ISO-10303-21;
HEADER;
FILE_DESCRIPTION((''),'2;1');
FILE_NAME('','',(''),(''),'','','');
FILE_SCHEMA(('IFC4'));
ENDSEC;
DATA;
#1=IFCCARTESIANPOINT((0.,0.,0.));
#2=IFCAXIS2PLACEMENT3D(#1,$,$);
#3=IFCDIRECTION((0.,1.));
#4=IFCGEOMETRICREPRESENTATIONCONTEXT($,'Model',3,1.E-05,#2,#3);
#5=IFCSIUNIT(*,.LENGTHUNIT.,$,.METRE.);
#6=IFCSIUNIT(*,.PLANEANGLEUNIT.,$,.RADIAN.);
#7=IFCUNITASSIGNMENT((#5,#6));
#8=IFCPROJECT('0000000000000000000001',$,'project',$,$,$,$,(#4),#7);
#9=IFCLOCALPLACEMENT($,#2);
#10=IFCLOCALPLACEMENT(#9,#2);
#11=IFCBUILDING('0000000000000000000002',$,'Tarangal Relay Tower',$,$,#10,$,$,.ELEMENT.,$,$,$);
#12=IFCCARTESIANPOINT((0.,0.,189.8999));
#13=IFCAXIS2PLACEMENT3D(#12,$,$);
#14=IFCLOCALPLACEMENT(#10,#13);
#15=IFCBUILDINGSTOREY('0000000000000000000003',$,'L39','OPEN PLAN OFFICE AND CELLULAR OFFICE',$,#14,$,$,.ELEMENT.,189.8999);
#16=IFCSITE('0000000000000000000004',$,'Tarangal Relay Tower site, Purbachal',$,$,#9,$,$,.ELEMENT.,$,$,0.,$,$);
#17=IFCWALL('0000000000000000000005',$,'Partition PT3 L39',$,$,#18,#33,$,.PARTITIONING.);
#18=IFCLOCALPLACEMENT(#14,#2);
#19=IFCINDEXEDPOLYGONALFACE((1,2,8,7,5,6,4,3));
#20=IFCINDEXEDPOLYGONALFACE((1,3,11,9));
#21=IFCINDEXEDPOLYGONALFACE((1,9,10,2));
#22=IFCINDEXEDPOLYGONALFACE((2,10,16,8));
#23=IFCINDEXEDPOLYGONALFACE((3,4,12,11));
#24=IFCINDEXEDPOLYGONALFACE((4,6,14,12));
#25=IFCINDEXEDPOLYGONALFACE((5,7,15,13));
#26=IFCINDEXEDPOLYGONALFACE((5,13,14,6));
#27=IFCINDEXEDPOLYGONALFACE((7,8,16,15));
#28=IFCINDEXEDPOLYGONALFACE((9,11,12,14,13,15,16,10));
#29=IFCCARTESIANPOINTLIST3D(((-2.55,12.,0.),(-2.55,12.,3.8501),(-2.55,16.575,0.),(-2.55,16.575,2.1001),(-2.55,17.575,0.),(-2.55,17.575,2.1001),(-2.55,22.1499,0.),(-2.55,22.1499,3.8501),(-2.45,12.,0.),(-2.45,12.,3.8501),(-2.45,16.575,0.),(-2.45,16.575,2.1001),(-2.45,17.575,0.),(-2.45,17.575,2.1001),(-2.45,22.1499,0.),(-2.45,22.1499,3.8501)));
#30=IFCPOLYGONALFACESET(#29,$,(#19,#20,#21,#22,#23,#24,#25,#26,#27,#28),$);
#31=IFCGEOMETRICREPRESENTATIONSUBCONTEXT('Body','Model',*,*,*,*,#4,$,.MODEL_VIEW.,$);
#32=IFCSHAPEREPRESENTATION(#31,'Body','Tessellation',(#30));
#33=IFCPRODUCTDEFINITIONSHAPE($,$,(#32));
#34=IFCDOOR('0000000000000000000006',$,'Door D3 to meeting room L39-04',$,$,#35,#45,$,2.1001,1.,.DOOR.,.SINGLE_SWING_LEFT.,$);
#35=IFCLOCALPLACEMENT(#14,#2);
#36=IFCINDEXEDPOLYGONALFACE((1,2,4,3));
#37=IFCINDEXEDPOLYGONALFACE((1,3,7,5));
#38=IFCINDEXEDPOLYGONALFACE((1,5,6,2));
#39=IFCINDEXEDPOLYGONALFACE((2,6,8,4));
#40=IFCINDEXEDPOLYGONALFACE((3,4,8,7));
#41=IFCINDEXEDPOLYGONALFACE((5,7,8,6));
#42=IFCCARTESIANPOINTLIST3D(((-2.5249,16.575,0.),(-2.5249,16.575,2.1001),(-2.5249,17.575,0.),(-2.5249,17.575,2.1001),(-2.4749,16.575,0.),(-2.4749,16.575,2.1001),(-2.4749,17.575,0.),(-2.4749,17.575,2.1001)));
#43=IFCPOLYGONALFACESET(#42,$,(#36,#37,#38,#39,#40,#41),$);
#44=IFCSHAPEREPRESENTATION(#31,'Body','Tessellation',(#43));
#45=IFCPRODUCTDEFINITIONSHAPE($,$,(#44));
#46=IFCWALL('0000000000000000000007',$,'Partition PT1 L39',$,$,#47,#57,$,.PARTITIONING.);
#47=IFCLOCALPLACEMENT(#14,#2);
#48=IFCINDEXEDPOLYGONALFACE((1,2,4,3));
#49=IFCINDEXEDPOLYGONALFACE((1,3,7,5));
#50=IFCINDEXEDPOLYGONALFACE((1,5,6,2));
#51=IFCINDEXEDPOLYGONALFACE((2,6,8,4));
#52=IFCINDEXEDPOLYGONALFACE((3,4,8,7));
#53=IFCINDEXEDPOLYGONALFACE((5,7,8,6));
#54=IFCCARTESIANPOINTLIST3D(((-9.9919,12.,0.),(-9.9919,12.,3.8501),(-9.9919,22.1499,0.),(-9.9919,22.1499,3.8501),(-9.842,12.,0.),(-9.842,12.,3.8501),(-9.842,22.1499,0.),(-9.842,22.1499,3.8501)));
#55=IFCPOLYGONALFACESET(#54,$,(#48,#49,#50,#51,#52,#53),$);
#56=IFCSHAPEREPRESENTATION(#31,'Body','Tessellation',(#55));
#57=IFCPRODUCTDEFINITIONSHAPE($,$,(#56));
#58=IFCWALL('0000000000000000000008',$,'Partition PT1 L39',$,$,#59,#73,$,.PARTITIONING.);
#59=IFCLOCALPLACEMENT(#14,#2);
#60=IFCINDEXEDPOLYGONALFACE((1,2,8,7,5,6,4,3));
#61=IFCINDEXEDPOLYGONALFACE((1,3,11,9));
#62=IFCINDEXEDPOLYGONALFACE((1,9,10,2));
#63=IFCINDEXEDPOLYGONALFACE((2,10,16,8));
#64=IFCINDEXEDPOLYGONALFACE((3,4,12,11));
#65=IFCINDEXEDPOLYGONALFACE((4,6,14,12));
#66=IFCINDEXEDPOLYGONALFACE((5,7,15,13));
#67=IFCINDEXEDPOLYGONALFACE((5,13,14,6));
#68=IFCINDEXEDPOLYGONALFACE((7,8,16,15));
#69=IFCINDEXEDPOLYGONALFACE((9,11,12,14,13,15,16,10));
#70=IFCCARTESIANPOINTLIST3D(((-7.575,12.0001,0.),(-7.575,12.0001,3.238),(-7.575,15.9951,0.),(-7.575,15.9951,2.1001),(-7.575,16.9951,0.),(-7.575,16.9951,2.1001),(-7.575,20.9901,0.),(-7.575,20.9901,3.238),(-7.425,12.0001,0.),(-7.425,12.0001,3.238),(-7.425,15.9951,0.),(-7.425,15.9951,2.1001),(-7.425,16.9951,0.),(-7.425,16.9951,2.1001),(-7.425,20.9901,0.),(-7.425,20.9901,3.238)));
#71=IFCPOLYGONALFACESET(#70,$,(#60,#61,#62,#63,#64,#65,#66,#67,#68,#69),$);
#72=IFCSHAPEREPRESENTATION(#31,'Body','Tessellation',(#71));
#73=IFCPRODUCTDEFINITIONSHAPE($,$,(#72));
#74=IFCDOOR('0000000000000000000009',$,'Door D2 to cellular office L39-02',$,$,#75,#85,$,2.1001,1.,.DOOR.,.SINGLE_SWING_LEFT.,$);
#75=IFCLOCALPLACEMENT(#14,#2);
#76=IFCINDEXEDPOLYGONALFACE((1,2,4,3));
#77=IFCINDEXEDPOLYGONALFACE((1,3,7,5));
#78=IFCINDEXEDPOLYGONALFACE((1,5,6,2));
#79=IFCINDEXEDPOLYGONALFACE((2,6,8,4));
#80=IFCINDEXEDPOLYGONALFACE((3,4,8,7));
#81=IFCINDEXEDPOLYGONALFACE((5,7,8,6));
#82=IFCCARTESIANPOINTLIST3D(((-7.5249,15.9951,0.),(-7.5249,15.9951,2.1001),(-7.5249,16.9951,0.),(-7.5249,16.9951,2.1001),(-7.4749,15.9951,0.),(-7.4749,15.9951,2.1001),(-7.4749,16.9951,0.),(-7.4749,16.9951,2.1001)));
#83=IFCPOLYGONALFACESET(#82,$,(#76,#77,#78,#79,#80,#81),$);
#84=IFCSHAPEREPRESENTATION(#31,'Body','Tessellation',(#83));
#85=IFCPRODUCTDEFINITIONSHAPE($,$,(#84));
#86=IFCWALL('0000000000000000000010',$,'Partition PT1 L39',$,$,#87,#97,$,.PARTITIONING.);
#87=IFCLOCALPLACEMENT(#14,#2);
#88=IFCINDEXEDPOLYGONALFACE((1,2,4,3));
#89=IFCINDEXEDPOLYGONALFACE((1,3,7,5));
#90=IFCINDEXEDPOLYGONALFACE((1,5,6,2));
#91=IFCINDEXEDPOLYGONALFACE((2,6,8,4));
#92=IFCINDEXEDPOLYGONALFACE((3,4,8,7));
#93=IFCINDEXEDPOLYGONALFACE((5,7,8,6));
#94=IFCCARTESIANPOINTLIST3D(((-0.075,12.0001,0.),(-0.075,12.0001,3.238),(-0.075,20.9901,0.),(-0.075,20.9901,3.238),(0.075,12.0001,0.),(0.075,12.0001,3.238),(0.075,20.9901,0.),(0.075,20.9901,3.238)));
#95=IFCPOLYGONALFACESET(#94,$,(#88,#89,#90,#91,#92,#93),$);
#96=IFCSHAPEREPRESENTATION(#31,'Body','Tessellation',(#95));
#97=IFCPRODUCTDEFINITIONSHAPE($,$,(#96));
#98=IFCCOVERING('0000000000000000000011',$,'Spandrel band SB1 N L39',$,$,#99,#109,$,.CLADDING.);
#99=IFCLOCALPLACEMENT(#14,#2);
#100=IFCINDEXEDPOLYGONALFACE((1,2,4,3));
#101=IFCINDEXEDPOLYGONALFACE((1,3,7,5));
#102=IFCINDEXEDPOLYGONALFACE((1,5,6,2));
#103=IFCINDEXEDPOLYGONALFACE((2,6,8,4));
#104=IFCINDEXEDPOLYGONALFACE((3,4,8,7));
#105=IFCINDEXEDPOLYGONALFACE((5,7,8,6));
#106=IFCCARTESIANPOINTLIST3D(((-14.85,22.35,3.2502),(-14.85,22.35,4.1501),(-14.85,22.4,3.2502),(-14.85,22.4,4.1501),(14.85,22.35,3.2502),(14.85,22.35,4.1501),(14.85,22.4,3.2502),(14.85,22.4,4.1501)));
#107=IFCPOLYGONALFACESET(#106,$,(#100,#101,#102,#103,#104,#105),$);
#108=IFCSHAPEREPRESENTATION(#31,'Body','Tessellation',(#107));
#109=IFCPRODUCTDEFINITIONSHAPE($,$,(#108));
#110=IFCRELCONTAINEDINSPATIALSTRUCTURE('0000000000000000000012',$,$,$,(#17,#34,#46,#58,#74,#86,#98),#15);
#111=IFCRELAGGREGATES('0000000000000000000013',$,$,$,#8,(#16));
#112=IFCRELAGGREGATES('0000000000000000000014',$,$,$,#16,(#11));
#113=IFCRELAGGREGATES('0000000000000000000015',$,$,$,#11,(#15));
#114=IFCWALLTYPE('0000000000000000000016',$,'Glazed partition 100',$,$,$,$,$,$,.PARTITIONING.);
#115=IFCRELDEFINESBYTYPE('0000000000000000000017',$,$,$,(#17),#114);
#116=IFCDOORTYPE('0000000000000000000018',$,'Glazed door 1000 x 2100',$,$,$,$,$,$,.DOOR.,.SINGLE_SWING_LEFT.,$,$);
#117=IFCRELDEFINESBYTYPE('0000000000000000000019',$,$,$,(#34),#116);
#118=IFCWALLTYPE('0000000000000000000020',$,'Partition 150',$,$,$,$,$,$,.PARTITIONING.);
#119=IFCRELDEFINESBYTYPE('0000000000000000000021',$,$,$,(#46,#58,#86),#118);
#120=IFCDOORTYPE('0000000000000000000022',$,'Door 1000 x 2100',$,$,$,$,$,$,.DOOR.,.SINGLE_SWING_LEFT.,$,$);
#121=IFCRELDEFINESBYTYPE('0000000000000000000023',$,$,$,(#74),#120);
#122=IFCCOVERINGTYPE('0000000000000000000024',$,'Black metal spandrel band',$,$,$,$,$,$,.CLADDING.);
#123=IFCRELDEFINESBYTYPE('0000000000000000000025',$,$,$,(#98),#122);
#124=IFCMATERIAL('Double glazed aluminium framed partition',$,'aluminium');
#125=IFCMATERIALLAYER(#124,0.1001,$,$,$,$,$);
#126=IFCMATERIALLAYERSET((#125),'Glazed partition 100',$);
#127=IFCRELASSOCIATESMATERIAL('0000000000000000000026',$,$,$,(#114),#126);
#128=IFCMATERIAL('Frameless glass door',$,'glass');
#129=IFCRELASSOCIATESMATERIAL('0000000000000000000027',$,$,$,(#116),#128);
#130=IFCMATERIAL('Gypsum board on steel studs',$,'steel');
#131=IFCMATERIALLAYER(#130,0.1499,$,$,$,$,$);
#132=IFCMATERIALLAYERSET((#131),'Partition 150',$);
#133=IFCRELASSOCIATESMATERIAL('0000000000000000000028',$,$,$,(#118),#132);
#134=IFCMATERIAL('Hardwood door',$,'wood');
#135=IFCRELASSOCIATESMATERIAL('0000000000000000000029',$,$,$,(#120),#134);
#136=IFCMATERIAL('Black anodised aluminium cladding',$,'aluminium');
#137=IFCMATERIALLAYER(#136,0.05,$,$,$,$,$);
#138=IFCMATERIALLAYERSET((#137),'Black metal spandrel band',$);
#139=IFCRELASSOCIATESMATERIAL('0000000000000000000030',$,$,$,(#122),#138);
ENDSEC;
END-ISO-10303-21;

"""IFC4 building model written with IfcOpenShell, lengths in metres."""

from ifc_helpers import new_model, si_unit, direction, frame, frame_2d, origin, origin_2d, place, context, subcontext, project, spatial, rectangle, extrude, material, layer, layer_set, type_object, element, fill, save


model = new_model("IFC4")

# Units and contexts
model_context = context("Model", 3, precision=1e-05, world=origin(), true_north=direction((0.0, 1.0)))
body_context = subcontext(model_context, "Body", "Model", "MODEL_VIEW")
ifc_project = project(units=[si_unit("LENGTHUNIT", "METRE"), si_unit("PLANEANGLEUNIT", "RADIAN")], contexts=[model_context])

# Site, building, storey
site_placement = place(None, origin())
site = spatial("IfcSite", under=ifc_project, at=site_placement, Name="Tarangal Relay Tower site, Purbachal", CompositionType="ELEMENT", RefElevation=0.0)
building_placement = place(site_placement, origin())
building = spatial("IfcBuilding", under=site, at=building_placement, Name="Tarangal Relay Tower", CompositionType="ELEMENT")
storey_placement = place(building_placement, frame((0.0, 0.0, 189.8999)))
storey = spatial("IfcBuildingStorey", under=building, at=storey_placement, Name="L39", Description="OPEN PLAN OFFICE AND CELLULAR OFFICE", CompositionType="ELEMENT", Elevation=189.8999)

# Wall, opening, door
ifc_material_1 = material(Name="Double glazed aluminium framed partition", Category="aluminium")
ifc_layer_1 = layer(ifc_material_1, 0.1001)
ifc_layer_set_1 = layer_set([ifc_layer_1], Name="Glazed partition 100")
wall_type_1 = type_object("IfcWallType", Name="Glazed partition 100", PredefinedType="PARTITIONING", material=ifc_layer_set_1)
wall_1_placement = place(storey_placement, frame((-2.5, 12.0, 0.0), z_axis=(0.0, 0.0, 1.0), x_axis=(0.0, 1.0, 0.0)))
wall_1 = element("IfcWall", 1, at=wall_1_placement, inside=storey, type_object=wall_type_1, Name="Partition PT3 L39", PredefinedType="PARTITIONING", context=body_context, shape_type="SweptSolid", body=[
    extrude(rectangle(XDim=10.1499, YDim=0.1001, at=frame_2d((5.075, 0.0))), origin(), (0.0, 0.0, 1.0), 3.8501),
])
opening_1_placement = place(wall_1_placement, frame((4.575, 0.0, 0.0)))
opening_1 = element("IfcOpeningElement", 2, at=opening_1_placement, cuts=wall_1, PredefinedType="OPENING", context=body_context, shape_type="SweptSolid", body=[
    extrude(rectangle(XDim=1.0, YDim=2.1001, at=frame_2d((0.5, 1.05))), frame((0.0, 0.0601, 0.0), z_axis=(0.0, -1.0, 0.0), x_axis=(1.0, 0.0, 0.0)), (0.0, 0.0, 1.0), 0.1201),
])
ifc_material_2 = material(Name="Frameless glass door", Category="glass")
door_type_1 = type_object("IfcDoorType", Name="Glazed door 1000 x 2100", OperationType="SINGLE_SWING_LEFT", PredefinedType="DOOR", material=ifc_material_2)
door_1_placement = place(opening_1_placement, origin())
door_1 = element("IfcDoor", 3, at=door_1_placement, inside=storey, type_object=door_type_1, Name="Door D3 to meeting room L39-04", OperationType="SINGLE_SWING_LEFT", OverallHeight=2.1001, OverallWidth=1.0, PredefinedType="DOOR", context=body_context, shape_type="SweptSolid", body=[
    extrude(rectangle(XDim=1.0, YDim=2.1001, at=frame_2d((0.5, 1.05))), frame((0.0, 0.0249, 0.0), z_axis=(0.0, -1.0, 0.0), x_axis=(1.0, 0.0, 0.0)), (0.0, 0.0, 1.0), 0.05),
])
fill(opening_1, door_1)

# Wall
ifc_material_3 = material(Name="Gypsum board on steel studs", Category="steel")
ifc_layer_2 = layer(ifc_material_3, 0.1499)
ifc_layer_set_2 = layer_set([ifc_layer_2], Name="Partition 150")
wall_type_2 = type_object("IfcWallType", Name="Partition 150", PredefinedType="PARTITIONING", material=ifc_layer_set_2)
wall_2_placement = place(storey_placement, frame((-9.917, 12.0, 0.0), z_axis=(0.0, 0.0, 1.0), x_axis=(0.0, 1.0, 0.0)))
element("IfcWall", 4, at=wall_2_placement, inside=storey, type_object=wall_type_2, Name="Partition PT1 L39", PredefinedType="PARTITIONING", context=body_context, shape_type="SweptSolid", body=[
    extrude(rectangle(XDim=10.1499, YDim=0.1499, at=frame_2d((5.075, 0.0))), origin(), (0.0, 0.0, 1.0), 3.8501),
])

# Wall, opening, door
wall_3_placement = place(storey_placement, frame((-7.5, 12.0, 0.0), z_axis=(0.0, 0.0, 1.0), x_axis=(0.0, 1.0, 0.0)))
wall_3 = element("IfcWall", 5, at=wall_3_placement, inside=storey, type_object=wall_type_2, Name="Partition PT1 L39", PredefinedType="PARTITIONING", context=body_context, shape_type="SweptSolid", body=[
    extrude(rectangle(XDim=8.99, YDim=0.1499, at=frame_2d((4.4951, 0.0))), origin(), (0.0, 0.0, 1.0), 3.238),
])
opening_2_placement = place(wall_3_placement, frame((3.9951, 0.0, 0.0)))
opening_2 = element("IfcOpeningElement", 6, at=opening_2_placement, cuts=wall_3, PredefinedType="OPENING", context=body_context, shape_type="SweptSolid", body=[
    extrude(rectangle(XDim=1.0, YDim=2.1001, at=frame_2d((0.5, 1.05))), frame((0.0, 0.085, 0.0), z_axis=(0.0, -1.0, 0.0), x_axis=(1.0, 0.0, 0.0)), (0.0, 0.0, 1.0), 0.1699),
])
ifc_material_4 = material(Name="Hardwood door", Category="wood")
door_type_2 = type_object("IfcDoorType", Name="Door 1000 x 2100", OperationType="SINGLE_SWING_LEFT", PredefinedType="DOOR", material=ifc_material_4)
door_2_placement = place(opening_2_placement, origin())
door_2 = element("IfcDoor", 7, at=door_2_placement, inside=storey, type_object=door_type_2, Name="Door D2 to cellular office L39-02", OperationType="SINGLE_SWING_LEFT", OverallHeight=2.1001, OverallWidth=1.0, PredefinedType="DOOR", context=body_context, shape_type="SweptSolid", body=[
    extrude(rectangle(XDim=1.0, YDim=2.1001, at=frame_2d((0.5, 1.05))), frame((0.0, 0.0249, 0.0), z_axis=(0.0, -1.0, 0.0), x_axis=(1.0, 0.0, 0.0)), (0.0, 0.0, 1.0), 0.05),
])
fill(opening_2, door_2)

# Wall
wall_4_placement = place(storey_placement, frame((0.0, 12.0, 0.0), z_axis=(0.0, 0.0, 1.0), x_axis=(0.0, 1.0, 0.0)))
element("IfcWall", 8, at=wall_4_placement, inside=storey, type_object=wall_type_2, Name="Partition PT1 L39", PredefinedType="PARTITIONING", context=body_context, shape_type="SweptSolid", body=[
    extrude(rectangle(XDim=8.99, YDim=0.1499, at=frame_2d((4.4951, 0.0))), origin(), (0.0, 0.0, 1.0), 3.238),
])

# Covering
ifc_material_5 = material(Name="Black anodised aluminium cladding", Category="aluminium")
ifc_layer_3 = layer(ifc_material_5, 0.05)
ifc_layer_set_3 = layer_set([ifc_layer_3], Name="Black metal spandrel band")
covering_type = type_object("IfcCoveringType", Name="Black metal spandrel band", PredefinedType="CLADDING", material=ifc_layer_set_3)
covering_placement = place(storey_placement, frame((0.0, 22.375, 3.2502), z_axis=(0.0, 0.0, 1.0), x_axis=(1.0, 0.0, 0.0)))
element("IfcCovering", 9, at=covering_placement, inside=storey, type_object=covering_type, Name="Spandrel band SB1 N L39", PredefinedType="CLADDING", context=body_context, shape_type="SweptSolid", body=[
    extrude(rectangle(XDim=29.7, YDim=0.05, at=origin_2d()), origin(), (0.0, 0.0, 1.0), 0.8999),
])

save(model, "model.ifc")
